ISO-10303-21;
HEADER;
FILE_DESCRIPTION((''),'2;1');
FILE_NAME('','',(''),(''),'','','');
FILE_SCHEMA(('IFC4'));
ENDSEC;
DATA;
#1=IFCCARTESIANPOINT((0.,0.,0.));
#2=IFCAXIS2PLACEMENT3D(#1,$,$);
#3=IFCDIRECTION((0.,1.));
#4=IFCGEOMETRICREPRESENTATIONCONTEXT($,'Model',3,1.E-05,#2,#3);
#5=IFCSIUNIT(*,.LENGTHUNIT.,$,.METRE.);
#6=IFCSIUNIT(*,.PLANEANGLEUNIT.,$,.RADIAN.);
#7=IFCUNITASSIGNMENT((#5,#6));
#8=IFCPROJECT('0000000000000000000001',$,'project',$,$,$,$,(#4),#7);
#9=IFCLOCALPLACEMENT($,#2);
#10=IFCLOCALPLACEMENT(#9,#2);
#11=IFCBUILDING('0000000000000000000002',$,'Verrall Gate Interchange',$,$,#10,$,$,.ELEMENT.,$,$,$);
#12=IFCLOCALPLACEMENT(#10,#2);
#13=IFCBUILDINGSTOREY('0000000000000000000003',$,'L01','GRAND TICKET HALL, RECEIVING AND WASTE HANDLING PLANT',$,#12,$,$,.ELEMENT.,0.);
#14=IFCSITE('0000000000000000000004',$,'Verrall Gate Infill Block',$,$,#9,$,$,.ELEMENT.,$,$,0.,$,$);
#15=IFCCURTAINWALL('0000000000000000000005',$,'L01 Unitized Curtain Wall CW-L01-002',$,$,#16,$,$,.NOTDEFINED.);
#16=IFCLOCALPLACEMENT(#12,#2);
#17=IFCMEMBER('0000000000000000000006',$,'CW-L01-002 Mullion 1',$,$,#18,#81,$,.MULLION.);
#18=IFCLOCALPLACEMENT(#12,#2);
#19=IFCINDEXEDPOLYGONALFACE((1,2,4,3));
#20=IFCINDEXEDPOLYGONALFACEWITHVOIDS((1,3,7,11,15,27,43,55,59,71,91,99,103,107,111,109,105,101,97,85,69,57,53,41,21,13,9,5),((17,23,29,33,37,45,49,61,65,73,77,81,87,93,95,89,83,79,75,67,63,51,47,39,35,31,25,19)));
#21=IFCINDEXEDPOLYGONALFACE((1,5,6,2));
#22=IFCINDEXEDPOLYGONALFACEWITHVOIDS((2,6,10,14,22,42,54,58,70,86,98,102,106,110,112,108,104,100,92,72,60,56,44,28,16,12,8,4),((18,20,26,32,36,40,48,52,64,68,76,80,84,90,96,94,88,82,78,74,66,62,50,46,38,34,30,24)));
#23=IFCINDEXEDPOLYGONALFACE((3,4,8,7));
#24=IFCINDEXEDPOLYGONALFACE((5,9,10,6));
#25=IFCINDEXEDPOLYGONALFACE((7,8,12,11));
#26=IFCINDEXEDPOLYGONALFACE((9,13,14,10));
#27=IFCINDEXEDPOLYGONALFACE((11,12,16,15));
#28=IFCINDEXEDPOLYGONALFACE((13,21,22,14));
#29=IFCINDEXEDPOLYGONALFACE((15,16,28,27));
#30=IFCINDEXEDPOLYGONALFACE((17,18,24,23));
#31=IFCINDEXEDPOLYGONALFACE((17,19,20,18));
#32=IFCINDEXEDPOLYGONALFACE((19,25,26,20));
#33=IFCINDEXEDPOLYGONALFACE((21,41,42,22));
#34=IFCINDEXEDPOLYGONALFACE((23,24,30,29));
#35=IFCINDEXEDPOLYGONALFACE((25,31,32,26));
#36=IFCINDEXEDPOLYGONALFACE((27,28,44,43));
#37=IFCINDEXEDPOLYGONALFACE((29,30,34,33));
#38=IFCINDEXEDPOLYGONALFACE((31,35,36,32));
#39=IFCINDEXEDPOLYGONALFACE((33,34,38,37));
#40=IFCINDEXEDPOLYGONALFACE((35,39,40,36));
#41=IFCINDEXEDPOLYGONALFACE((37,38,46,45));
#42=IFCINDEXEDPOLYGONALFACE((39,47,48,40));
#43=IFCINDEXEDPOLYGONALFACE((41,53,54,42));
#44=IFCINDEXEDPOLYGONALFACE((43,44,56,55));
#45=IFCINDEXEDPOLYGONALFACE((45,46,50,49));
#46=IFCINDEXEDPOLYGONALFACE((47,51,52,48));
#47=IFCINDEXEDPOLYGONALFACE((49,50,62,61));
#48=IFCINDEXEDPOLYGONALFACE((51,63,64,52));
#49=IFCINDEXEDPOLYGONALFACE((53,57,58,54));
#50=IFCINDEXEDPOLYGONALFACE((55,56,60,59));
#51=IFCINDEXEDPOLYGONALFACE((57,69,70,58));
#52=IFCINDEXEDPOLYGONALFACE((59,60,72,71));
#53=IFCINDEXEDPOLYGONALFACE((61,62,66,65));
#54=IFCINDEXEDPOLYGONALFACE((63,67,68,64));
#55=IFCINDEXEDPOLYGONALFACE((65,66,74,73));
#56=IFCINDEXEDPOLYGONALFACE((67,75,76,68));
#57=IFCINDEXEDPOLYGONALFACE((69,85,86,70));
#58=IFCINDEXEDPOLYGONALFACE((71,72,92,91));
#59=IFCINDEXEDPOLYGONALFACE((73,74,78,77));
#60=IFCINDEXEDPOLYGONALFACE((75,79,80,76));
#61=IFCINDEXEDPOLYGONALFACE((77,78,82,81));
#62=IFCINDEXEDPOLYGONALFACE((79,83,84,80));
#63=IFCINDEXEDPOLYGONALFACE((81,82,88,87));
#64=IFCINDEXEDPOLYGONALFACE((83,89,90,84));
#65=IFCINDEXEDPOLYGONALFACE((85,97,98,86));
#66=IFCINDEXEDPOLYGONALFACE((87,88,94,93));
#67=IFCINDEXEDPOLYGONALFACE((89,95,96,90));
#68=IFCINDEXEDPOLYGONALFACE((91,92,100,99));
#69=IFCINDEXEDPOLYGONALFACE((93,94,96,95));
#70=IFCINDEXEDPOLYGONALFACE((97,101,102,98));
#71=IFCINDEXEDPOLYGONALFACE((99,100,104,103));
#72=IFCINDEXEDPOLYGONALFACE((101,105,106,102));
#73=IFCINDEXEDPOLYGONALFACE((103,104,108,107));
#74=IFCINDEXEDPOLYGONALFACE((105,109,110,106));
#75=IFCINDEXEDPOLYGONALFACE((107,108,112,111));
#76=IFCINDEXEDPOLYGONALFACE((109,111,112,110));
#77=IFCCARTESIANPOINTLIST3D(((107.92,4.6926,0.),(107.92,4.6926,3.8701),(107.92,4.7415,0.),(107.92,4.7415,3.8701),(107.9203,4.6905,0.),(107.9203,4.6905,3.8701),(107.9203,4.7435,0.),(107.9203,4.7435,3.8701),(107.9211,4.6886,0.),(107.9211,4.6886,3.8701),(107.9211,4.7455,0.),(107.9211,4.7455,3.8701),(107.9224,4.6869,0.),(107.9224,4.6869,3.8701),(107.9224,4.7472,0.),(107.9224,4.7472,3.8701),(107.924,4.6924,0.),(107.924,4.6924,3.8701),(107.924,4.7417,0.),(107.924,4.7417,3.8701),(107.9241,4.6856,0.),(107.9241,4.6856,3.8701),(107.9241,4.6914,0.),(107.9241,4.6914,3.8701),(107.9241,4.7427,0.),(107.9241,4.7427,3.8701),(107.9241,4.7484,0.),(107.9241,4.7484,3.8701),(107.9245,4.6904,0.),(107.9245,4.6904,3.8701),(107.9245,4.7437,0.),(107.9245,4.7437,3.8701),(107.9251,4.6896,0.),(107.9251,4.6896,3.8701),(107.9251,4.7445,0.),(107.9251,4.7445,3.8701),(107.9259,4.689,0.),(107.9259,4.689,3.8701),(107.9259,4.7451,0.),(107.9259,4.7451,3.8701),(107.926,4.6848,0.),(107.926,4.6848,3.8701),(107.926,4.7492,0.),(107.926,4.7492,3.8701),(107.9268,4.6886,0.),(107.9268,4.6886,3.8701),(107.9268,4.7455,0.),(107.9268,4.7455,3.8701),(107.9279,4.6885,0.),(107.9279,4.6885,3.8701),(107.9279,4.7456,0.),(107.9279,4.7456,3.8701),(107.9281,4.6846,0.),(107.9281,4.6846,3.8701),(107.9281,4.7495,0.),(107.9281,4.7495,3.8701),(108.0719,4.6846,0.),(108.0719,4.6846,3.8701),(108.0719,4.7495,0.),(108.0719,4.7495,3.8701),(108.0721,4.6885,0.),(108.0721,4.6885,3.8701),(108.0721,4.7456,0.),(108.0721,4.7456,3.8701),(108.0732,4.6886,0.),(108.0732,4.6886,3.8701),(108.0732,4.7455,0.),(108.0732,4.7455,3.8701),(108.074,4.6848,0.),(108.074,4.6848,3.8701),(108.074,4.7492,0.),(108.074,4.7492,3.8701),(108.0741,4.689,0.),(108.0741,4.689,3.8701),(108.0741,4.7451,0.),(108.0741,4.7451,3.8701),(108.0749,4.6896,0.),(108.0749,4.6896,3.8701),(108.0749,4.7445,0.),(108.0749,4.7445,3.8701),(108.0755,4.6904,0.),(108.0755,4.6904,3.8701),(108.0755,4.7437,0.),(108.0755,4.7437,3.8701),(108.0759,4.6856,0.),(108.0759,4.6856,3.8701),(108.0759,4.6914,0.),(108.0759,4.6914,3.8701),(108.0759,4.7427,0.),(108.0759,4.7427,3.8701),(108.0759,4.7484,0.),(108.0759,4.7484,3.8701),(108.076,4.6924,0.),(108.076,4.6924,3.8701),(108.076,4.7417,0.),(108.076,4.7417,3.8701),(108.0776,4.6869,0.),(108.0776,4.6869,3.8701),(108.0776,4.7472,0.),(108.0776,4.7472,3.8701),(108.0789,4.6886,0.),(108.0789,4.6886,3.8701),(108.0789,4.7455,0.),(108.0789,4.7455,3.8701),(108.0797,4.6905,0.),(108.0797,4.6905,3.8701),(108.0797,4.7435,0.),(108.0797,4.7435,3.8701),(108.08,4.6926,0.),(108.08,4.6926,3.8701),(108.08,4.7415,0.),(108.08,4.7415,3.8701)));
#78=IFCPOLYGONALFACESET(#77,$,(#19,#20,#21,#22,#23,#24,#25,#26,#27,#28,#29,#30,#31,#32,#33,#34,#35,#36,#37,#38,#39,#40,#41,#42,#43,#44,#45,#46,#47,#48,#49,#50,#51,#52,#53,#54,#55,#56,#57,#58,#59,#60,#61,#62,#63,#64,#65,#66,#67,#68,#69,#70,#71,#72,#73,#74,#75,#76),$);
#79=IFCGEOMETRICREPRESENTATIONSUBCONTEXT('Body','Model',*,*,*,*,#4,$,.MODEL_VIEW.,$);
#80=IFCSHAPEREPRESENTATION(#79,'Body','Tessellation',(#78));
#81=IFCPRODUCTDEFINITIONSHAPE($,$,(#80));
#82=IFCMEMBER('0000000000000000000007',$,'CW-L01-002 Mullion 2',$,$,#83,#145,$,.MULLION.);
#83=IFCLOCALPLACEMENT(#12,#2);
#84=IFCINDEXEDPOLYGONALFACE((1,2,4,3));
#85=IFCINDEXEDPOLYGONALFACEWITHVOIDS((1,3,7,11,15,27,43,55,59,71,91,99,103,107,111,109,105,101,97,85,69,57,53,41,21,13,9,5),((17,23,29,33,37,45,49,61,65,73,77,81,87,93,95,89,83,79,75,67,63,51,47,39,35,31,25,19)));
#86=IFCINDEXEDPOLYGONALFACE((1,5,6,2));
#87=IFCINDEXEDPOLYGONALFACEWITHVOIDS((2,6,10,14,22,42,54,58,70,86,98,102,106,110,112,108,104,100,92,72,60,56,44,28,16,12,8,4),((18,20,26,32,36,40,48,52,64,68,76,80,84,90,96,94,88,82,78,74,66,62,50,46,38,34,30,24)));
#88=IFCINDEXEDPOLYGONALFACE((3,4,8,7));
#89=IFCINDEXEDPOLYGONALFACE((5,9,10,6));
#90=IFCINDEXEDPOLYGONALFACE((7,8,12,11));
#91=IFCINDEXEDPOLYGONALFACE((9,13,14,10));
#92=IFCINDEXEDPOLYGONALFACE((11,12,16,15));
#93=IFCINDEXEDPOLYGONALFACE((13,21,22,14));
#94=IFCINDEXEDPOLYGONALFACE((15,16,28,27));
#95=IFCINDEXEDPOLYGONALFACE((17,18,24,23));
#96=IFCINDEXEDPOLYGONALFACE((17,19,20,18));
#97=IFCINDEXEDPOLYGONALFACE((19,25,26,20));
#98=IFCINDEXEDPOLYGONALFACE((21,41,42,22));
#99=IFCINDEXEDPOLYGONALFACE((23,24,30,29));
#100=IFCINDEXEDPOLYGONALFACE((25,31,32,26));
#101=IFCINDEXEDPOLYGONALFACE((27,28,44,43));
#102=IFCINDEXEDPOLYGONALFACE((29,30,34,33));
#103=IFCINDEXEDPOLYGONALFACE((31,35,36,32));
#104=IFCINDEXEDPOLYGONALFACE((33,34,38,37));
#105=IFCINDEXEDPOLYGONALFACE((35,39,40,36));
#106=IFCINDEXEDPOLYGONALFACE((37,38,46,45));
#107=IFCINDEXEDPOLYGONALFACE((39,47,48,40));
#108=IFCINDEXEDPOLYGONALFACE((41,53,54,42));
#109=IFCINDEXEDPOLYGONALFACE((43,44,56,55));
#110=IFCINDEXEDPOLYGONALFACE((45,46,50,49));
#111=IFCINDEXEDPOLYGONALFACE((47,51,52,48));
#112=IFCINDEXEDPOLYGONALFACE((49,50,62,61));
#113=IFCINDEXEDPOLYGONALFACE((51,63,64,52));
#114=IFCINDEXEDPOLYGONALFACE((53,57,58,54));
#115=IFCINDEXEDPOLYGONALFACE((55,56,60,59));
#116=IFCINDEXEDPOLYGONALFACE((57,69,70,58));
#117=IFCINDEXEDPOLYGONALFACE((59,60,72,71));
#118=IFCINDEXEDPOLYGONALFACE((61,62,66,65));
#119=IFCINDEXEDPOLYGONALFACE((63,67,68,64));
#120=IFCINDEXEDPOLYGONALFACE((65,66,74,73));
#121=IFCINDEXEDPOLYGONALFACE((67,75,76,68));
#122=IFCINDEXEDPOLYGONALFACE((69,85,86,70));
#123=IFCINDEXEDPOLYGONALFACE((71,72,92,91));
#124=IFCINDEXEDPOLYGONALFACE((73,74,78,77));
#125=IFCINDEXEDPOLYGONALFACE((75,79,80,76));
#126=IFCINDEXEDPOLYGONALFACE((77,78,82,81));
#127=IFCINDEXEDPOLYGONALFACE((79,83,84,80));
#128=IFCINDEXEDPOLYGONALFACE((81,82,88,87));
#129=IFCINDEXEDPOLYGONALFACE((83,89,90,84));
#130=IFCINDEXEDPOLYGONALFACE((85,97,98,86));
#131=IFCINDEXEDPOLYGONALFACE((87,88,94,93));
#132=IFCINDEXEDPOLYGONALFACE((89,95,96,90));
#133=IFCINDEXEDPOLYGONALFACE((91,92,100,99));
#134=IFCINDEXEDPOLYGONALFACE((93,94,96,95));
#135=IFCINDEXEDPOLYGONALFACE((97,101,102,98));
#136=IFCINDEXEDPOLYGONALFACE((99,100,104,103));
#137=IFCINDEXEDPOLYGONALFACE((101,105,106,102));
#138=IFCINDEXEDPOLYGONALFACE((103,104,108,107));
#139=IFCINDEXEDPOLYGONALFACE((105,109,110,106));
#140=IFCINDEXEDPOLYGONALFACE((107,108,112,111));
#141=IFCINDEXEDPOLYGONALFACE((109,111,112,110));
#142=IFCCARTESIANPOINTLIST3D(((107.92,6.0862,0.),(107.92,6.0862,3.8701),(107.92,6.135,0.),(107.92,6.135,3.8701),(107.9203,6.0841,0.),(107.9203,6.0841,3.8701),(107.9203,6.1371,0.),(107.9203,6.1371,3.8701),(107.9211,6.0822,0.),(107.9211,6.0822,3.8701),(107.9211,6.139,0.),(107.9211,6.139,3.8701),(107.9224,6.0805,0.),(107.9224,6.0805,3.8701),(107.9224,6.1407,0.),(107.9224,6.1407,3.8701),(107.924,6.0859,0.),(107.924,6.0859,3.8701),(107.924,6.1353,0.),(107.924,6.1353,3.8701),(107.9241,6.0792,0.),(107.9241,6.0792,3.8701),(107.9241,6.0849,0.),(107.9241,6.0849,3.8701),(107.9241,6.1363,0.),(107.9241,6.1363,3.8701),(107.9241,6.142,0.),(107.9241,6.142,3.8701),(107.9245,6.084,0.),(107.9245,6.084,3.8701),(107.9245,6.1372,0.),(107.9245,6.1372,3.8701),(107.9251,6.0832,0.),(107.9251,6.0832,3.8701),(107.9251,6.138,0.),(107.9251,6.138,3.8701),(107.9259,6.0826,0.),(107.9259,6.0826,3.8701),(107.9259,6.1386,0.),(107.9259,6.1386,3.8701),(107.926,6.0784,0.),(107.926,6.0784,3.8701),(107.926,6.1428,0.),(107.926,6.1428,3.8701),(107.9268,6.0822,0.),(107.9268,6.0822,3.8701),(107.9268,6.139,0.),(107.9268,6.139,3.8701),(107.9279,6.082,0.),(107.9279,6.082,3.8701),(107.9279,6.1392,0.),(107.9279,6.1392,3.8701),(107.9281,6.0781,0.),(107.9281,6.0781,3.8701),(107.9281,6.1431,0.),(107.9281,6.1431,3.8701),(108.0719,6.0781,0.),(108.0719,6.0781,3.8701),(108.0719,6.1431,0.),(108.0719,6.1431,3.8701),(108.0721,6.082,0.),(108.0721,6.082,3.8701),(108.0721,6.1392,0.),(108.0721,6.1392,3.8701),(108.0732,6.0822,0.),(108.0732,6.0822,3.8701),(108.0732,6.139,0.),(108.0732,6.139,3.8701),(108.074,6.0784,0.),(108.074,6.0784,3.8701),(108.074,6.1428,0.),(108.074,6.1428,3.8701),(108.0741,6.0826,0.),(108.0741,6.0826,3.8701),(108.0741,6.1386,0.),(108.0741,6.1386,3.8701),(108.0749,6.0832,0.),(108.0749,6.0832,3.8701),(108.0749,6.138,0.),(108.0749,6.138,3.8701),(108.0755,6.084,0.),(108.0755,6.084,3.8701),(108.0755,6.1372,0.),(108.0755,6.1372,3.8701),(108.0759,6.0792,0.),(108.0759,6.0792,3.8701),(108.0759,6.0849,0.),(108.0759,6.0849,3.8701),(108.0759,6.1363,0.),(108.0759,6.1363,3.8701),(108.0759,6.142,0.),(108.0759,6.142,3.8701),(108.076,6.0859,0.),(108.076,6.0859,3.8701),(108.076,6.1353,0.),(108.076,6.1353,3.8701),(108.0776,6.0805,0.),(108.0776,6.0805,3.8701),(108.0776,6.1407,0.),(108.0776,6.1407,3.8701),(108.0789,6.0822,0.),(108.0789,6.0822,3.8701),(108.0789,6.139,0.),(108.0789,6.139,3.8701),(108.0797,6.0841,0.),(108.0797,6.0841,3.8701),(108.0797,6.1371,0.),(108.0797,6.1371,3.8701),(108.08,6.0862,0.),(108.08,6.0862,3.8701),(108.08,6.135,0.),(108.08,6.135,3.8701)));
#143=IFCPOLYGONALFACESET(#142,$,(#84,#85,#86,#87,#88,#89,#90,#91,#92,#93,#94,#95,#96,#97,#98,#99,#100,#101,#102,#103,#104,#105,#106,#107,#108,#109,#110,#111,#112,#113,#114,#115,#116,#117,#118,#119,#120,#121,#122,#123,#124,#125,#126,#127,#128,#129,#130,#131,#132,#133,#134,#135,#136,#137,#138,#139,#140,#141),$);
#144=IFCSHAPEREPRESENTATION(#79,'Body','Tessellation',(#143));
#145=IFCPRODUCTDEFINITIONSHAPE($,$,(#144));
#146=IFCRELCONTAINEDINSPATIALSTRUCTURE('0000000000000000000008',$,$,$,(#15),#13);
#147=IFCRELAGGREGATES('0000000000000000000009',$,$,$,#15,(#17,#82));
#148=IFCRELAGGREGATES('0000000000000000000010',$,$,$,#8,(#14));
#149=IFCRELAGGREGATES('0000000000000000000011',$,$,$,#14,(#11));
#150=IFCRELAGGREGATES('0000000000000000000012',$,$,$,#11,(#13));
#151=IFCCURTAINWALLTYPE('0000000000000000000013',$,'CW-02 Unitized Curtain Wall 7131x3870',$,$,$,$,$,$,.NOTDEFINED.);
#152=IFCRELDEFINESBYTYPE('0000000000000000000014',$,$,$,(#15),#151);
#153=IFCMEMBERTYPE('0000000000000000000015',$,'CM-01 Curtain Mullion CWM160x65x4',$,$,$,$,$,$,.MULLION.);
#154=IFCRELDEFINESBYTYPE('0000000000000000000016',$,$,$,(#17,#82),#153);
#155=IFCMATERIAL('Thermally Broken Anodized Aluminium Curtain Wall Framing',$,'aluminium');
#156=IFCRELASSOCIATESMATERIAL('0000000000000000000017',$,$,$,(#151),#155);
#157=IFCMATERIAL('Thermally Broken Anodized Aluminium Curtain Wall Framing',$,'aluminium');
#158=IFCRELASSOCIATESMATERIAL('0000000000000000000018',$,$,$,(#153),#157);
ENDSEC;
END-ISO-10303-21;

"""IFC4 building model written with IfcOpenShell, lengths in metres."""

from ifc_helpers import new_model, si_unit, direction, frame, origin, origin_2d, place, context, subcontext, project, spatial, hollow_rectangle, extrude, material, material_profile, profile_set, type_object, element, aggregate, save


model = new_model("IFC4")

# Units and contexts
model_context = context("Model", 3, precision=1e-05, world=origin(), true_north=direction((0.0, 1.0)))
body_context = subcontext(model_context, "Body", "Model", "MODEL_VIEW")
ifc_project = project(units=[si_unit("LENGTHUNIT", "METRE"), si_unit("PLANEANGLEUNIT", "RADIAN")], contexts=[model_context])

# Site, building, storey
site_placement = place(None, origin())
site = spatial("IfcSite", under=ifc_project, at=site_placement, Name="Verrall Gate Infill Block", CompositionType="ELEMENT", RefElevation=0.0)
building_placement = place(site_placement, origin())
building = spatial("IfcBuilding", under=site, at=building_placement, Name="Verrall Gate Interchange", CompositionType="ELEMENT")
storey_placement = place(building_placement, origin())
storey = spatial("IfcBuildingStorey", under=building, at=storey_placement, Name="L01", Description="GRAND TICKET HALL, RECEIVING AND WASTE HANDLING PLANT", CompositionType="ELEMENT", Elevation=0.0)

# Curtain wall, members
ifc_material_1 = material(Name="Thermally Broken Anodized Aluminium Curtain Wall Framing", Category="aluminium")
curtain_wall_type = type_object("IfcCurtainWallType", Name="CW-02 Unitized Curtain Wall 7131x3870", PredefinedType="NOTDEFINED", material=ifc_material_1)
curtain_wall_placement = place(storey_placement, origin())
curtain_wall = element("IfcCurtainWall", 1, at=curtain_wall_placement, inside=storey, type_object=curtain_wall_type, Name="L01 Unitized Curtain Wall CW-L01-002", PredefinedType="NOTDEFINED")
ifc_material_2 = material(Name="Thermally Broken Anodized Aluminium Curtain Wall Framing", Category="aluminium")
ifc_material_profile_1 = material_profile(ifc_material_2, hollow_rectangle(XDim=0.0649, YDim=0.1599, WallThickness=0.0039, InnerFilletRadius=0.0039, OuterFilletRadius=0.0081, at=origin_2d()), Name="CWM160x65x4")
ifc_profile_set_1 = profile_set([ifc_material_profile_1], Name="Thermally Broken Anodized Aluminium Curtain Wall Framing")
member_type_1 = type_object("IfcMemberType", Name="CM-01 Curtain Mullion CWM160x65x4", PredefinedType="MULLION", material=ifc_profile_set_1)
member_1_placement = place(storey_placement, frame((108.0, 4.717, 0.0), z_axis=(0.0, 0.0, 1.0), x_axis=(0.0, 1.0, 0.0)))
member_1 = element("IfcMember", 2, at=member_1_placement, type_object=member_type_1, Name="CW-L01-002 Mullion 1", PredefinedType="MULLION", context=body_context, shape_type="SweptSolid", body=[
    extrude(hollow_rectangle(XDim=0.0649, YDim=0.1599, WallThickness=0.0039, InnerFilletRadius=0.0039, OuterFilletRadius=0.0081, at=origin_2d()), origin(), (0.0, 0.0, 1.0), 3.8701),
])
member_2_placement = place(storey_placement, frame((108.0, 6.1106, 0.0), z_axis=(0.0, 0.0, 1.0), x_axis=(0.0, 1.0, 0.0)))
member_2 = element("IfcMember", 3, at=member_2_placement, type_object=member_type_1, Name="CW-L01-002 Mullion 2", PredefinedType="MULLION", context=body_context, shape_type="SweptSolid", body=[
    extrude(hollow_rectangle(XDim=0.0649, YDim=0.1599, WallThickness=0.0039, InnerFilletRadius=0.0039, OuterFilletRadius=0.0081, at=origin_2d()), origin(), (0.0, 0.0, 1.0), 3.8701),
])

aggregate(curtain_wall, [member_1, member_2])

save(model, "model.ifc")
